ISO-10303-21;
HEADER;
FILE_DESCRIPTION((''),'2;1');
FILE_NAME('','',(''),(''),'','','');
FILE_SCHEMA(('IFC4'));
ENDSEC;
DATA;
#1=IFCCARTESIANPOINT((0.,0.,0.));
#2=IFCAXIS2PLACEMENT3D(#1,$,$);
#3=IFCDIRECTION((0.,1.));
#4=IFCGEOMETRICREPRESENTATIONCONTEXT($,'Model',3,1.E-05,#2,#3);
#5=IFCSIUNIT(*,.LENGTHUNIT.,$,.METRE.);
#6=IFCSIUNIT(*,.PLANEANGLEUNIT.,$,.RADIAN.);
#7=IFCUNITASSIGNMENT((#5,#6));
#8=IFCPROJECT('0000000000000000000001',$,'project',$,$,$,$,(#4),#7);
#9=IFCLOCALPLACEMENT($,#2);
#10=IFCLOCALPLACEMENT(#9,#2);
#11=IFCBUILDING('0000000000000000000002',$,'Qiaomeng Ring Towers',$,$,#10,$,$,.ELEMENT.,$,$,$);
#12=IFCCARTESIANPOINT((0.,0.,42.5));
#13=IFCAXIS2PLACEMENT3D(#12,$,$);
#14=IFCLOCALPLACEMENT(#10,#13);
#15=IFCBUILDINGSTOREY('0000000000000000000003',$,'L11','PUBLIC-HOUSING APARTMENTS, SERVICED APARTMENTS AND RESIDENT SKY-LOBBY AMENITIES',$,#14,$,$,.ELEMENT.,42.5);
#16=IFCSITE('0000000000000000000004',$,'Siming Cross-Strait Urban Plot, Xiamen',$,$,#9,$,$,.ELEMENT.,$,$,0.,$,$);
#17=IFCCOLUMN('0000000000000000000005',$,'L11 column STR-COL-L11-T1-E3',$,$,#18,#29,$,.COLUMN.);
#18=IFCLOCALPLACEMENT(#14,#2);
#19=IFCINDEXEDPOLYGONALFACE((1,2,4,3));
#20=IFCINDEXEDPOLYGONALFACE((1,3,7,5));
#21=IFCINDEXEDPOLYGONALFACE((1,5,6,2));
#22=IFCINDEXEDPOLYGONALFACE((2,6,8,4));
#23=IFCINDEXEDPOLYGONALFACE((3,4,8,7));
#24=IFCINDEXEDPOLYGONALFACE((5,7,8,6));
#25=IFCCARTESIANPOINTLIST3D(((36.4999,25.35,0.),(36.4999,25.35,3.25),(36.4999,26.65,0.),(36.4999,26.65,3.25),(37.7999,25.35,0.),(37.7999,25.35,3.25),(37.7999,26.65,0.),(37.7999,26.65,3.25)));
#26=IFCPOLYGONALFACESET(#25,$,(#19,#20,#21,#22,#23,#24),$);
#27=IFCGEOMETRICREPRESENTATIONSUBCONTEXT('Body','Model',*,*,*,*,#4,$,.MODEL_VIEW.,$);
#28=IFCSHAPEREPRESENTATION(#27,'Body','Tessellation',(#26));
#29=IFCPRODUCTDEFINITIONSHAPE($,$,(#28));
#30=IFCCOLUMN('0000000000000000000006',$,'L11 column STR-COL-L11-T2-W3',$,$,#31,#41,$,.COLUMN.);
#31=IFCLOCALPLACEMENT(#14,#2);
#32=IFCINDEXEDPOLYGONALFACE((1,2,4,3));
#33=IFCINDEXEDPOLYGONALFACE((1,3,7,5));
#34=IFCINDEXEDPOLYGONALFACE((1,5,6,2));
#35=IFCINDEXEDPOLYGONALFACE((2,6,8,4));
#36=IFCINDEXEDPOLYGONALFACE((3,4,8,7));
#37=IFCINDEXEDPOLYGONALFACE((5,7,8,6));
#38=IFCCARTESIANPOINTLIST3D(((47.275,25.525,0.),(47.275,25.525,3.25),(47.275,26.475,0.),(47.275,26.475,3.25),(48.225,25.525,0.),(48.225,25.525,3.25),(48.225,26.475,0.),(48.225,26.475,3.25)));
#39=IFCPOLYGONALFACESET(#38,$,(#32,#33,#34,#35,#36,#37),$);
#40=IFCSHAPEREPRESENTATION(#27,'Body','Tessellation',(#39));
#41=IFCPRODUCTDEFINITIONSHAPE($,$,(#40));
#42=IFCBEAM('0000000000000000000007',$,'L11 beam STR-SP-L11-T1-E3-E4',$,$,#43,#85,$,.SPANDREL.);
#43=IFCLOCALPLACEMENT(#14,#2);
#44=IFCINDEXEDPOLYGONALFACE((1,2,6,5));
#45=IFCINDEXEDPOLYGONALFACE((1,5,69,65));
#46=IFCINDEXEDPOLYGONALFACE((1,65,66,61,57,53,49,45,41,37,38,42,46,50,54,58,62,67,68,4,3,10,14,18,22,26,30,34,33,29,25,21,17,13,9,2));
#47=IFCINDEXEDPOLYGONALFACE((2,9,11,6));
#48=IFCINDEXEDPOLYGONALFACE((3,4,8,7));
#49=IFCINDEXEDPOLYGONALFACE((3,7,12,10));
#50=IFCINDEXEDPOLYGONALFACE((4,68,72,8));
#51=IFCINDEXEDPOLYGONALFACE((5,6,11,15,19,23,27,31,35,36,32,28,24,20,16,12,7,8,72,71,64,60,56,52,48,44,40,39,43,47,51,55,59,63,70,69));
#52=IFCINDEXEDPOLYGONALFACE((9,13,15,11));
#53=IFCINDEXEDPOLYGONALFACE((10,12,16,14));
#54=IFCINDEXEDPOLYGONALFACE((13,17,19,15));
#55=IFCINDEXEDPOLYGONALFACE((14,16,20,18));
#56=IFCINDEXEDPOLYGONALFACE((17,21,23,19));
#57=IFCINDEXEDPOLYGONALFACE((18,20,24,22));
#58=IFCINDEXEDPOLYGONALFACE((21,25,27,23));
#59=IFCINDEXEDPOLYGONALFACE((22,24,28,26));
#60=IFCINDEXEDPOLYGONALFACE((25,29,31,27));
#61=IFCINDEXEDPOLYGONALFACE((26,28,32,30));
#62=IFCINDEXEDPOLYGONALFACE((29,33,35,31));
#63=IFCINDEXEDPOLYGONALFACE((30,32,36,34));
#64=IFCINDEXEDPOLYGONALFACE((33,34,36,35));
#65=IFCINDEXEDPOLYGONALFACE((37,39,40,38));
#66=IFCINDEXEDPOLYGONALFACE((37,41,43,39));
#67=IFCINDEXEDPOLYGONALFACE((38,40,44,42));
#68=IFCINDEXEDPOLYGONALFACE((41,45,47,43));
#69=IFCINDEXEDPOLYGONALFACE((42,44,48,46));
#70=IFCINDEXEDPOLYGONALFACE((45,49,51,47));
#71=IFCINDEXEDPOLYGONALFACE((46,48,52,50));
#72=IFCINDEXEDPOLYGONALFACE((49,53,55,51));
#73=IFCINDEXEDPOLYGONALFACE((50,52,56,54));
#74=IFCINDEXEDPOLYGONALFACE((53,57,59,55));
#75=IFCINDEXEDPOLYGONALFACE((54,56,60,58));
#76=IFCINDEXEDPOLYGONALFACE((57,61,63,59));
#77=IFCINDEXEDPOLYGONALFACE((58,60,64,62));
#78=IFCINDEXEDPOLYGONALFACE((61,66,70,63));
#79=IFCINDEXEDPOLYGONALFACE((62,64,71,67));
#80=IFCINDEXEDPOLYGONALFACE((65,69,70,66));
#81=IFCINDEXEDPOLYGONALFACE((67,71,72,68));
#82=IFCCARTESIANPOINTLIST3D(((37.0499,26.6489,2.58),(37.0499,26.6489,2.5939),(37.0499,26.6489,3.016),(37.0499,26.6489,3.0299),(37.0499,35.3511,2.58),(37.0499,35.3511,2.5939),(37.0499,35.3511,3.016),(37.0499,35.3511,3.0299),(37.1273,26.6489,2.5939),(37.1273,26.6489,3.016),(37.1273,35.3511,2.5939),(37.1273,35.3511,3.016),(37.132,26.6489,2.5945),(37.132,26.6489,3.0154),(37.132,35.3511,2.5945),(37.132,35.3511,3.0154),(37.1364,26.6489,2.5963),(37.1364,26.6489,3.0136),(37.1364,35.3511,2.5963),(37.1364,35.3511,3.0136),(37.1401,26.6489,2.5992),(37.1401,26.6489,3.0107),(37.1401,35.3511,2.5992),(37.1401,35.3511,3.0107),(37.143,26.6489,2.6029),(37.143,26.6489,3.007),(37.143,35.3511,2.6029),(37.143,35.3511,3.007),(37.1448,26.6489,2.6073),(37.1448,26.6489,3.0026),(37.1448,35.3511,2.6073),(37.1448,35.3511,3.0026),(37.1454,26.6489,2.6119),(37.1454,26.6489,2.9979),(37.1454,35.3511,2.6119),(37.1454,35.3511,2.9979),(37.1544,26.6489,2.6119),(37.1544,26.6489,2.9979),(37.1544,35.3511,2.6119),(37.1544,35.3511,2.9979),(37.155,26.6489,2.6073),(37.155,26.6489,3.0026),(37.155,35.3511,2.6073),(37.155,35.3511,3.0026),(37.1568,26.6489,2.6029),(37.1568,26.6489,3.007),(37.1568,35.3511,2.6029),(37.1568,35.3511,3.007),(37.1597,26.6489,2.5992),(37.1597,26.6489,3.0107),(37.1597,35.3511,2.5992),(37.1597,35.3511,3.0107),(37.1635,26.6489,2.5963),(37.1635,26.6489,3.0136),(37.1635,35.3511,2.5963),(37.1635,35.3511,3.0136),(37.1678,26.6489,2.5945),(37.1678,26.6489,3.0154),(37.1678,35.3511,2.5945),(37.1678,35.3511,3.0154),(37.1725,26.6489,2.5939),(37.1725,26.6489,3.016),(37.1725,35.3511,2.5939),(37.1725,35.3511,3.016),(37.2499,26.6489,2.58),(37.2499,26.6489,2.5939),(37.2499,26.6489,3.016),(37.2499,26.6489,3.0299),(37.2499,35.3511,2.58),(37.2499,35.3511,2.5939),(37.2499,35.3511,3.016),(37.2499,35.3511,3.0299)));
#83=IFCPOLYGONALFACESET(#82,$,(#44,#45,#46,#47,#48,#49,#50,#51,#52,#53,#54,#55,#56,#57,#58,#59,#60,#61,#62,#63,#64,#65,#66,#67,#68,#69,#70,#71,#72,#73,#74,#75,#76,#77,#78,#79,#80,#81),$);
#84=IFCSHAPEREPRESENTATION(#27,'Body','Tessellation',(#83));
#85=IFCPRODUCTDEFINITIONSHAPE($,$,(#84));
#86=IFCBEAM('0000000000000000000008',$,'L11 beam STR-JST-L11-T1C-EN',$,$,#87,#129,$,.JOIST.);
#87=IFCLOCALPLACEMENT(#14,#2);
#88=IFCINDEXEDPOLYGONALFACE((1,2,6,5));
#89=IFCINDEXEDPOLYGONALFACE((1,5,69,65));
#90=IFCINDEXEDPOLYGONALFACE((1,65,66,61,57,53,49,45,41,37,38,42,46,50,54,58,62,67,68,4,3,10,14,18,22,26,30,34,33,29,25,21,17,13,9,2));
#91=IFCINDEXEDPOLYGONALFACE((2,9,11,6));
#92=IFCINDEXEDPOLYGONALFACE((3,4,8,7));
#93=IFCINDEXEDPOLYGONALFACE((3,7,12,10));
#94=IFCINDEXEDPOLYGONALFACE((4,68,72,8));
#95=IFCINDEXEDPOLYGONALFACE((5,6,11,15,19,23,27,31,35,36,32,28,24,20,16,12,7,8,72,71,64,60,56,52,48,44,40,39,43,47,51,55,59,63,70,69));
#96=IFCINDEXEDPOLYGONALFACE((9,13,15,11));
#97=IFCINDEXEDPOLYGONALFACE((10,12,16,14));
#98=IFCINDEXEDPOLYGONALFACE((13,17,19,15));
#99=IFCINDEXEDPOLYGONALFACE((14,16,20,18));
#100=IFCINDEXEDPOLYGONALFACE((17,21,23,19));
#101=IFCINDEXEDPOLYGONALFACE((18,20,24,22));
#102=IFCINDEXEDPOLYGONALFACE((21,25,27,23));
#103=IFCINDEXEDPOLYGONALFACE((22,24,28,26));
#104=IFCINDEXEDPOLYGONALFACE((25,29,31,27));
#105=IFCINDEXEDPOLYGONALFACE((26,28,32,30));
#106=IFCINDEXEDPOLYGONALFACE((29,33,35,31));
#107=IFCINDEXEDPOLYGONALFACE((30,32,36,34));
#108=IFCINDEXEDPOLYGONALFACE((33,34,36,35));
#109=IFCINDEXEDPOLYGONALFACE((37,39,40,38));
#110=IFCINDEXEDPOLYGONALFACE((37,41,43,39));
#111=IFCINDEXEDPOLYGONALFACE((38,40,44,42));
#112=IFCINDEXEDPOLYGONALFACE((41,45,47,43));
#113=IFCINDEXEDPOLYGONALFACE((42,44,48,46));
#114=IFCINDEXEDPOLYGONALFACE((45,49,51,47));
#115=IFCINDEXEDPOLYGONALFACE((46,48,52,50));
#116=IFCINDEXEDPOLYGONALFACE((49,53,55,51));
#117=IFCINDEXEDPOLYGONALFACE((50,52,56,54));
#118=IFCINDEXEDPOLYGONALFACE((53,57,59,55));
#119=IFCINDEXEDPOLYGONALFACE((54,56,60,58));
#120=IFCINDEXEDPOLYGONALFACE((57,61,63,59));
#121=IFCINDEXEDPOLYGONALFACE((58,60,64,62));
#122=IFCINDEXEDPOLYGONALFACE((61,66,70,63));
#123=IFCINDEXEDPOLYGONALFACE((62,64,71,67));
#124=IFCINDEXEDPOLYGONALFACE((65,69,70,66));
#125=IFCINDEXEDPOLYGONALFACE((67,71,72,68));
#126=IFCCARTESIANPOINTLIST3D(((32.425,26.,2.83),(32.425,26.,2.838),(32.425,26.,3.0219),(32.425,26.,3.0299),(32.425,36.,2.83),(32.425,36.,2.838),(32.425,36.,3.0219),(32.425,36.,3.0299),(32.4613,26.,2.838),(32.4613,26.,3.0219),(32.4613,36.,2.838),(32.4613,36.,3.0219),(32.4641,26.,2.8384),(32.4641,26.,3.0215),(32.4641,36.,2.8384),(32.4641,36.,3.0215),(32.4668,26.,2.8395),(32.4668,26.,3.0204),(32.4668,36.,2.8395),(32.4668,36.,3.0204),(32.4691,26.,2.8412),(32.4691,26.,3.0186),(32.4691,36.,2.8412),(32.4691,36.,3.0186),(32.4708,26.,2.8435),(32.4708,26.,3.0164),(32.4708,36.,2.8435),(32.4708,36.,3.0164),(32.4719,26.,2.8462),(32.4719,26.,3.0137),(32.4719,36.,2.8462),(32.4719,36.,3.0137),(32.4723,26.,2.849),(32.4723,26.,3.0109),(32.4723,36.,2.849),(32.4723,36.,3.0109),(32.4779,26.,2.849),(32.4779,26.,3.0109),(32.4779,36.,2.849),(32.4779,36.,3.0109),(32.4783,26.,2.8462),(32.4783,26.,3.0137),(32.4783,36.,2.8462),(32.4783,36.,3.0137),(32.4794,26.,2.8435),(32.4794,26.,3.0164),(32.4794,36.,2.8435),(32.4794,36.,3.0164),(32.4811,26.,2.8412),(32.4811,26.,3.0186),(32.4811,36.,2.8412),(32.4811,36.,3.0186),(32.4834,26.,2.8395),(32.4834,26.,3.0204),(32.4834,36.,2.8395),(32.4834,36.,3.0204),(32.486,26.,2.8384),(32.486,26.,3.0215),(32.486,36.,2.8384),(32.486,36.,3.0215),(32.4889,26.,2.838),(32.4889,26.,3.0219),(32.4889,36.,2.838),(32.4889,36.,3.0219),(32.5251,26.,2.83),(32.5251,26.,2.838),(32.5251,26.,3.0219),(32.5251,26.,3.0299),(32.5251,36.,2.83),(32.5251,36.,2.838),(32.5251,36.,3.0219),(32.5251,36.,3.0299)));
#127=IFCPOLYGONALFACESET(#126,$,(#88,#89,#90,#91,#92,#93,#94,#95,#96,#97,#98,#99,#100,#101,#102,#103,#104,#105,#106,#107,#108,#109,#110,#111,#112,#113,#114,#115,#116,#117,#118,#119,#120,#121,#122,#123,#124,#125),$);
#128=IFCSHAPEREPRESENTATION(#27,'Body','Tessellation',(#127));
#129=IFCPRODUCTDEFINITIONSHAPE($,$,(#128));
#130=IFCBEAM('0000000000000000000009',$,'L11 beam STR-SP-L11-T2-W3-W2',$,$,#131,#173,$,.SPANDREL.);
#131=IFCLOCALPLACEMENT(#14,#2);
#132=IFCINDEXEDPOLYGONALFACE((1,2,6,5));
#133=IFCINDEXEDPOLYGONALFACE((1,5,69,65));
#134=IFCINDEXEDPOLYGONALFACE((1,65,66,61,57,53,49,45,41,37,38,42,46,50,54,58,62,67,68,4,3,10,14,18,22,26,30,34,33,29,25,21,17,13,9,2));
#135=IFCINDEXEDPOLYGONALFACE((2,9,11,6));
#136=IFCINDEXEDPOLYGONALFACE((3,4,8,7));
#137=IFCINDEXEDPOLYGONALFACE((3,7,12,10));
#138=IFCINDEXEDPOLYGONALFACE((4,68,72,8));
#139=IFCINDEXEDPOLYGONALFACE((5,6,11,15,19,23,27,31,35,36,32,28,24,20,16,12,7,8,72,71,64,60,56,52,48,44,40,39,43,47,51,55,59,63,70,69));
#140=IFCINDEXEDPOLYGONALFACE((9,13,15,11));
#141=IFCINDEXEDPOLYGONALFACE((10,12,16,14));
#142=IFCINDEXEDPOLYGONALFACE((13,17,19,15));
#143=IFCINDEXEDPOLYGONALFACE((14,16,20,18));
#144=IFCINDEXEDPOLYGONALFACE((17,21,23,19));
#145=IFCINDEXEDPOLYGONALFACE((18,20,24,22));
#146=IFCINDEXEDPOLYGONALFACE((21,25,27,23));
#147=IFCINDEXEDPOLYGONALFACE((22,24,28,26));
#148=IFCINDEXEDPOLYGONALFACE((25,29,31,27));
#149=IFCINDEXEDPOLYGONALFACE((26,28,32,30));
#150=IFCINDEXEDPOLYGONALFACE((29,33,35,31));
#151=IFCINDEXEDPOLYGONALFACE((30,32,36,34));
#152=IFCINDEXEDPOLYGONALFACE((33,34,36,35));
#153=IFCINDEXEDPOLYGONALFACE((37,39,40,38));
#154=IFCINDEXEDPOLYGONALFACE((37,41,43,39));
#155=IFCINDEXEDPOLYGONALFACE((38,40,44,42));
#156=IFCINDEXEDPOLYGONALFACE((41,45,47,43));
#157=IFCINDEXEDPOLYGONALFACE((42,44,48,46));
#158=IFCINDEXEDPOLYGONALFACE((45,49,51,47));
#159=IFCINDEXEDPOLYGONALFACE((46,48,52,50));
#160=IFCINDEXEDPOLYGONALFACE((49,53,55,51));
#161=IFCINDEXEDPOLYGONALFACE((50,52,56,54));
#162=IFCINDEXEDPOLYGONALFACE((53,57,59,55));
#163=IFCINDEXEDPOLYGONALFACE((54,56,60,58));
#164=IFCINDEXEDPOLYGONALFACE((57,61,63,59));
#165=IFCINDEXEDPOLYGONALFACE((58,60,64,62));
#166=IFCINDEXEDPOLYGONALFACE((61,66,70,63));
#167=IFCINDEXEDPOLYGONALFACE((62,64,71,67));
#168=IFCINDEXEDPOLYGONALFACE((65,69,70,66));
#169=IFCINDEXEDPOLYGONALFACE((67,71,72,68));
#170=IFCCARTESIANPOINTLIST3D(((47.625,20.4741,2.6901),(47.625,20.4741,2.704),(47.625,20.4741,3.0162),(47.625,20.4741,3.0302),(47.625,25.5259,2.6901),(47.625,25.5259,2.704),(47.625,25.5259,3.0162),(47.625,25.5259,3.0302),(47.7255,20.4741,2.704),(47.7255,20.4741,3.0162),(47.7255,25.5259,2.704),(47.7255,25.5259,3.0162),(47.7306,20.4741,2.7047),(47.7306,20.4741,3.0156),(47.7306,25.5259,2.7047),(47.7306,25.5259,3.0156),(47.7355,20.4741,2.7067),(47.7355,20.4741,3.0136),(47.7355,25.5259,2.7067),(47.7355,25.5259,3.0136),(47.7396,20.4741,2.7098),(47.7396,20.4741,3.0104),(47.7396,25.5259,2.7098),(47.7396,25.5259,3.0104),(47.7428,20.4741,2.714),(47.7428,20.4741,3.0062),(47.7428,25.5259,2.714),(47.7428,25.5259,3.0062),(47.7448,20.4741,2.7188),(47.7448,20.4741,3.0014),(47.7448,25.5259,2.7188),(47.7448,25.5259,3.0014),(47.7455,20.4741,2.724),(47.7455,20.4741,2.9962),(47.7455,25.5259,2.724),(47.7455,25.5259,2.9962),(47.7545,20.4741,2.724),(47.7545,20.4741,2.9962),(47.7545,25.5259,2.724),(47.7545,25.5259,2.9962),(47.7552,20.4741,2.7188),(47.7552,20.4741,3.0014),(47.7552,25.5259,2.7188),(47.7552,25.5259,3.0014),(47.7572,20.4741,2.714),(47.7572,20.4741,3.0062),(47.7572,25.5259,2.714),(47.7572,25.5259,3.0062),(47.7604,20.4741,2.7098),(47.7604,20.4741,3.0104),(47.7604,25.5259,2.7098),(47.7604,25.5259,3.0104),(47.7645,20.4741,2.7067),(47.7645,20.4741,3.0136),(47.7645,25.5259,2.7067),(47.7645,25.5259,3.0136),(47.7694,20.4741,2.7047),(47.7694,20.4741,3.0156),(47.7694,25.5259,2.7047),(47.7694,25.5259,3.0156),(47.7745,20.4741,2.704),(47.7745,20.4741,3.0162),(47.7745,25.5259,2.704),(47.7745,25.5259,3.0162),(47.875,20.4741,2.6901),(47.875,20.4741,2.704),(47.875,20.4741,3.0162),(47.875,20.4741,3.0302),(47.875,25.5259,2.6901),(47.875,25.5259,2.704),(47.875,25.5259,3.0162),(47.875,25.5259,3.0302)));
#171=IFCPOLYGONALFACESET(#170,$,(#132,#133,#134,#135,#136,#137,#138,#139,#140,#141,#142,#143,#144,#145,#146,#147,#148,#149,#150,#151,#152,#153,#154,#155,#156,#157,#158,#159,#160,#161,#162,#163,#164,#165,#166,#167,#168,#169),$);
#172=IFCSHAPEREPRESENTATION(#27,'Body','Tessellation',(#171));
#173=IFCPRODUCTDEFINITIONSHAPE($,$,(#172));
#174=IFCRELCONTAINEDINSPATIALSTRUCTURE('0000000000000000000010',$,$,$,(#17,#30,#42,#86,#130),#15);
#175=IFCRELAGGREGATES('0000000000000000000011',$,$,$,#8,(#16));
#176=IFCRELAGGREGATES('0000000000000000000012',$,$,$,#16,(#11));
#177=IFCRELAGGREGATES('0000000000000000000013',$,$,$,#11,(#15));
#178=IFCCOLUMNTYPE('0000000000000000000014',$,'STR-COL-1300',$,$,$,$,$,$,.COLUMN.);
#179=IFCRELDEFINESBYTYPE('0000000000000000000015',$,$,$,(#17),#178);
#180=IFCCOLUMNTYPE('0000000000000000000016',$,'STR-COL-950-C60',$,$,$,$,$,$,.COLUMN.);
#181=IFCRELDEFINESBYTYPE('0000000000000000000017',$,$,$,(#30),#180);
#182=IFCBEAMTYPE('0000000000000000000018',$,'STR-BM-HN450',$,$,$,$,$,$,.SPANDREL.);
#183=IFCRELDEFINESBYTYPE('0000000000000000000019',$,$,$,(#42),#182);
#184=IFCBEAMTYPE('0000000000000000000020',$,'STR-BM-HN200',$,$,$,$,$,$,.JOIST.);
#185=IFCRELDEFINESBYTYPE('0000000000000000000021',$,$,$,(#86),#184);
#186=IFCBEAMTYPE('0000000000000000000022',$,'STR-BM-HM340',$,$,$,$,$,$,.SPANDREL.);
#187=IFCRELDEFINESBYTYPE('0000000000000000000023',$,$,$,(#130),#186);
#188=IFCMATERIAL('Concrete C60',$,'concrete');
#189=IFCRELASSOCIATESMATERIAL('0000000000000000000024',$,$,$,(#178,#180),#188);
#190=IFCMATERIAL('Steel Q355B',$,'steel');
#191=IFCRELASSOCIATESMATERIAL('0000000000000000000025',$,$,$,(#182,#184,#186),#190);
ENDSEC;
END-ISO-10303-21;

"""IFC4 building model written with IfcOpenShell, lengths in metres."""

from ifc_helpers import new_model, si_unit, direction, frame, origin, origin_2d, place, context, subcontext, project, spatial, rectangle, i_section, extrude, source, transform, mapped, material, material_profile, profile_set, type_object, element, save


model = new_model("IFC4")

# Units and contexts
model_context = context("Model", 3, precision=1e-05, world=origin(), true_north=direction((0.0, 1.0)))
body_context = subcontext(model_context, "Body", "Model", "MODEL_VIEW")
ifc_project = project(units=[si_unit("LENGTHUNIT", "METRE"), si_unit("PLANEANGLEUNIT", "RADIAN")], contexts=[model_context])

# Site, building, storey
site_placement = place(None, origin())
site = spatial("IfcSite", under=ifc_project, at=site_placement, Name="Siming Cross-Strait Urban Plot, Xiamen", CompositionType="ELEMENT", RefElevation=0.0)
building_placement = place(site_placement, origin())
building = spatial("IfcBuilding", under=site, at=building_placement, Name="Qiaomeng Ring Towers", CompositionType="ELEMENT")
storey_placement = place(building_placement, frame((0.0, 0.0, 42.5)))
storey = spatial("IfcBuildingStorey", under=building, at=storey_placement, Name="L11", Description="PUBLIC-HOUSING APARTMENTS, SERVICED APARTMENTS AND RESIDENT SKY-LOBBY AMENITIES", CompositionType="ELEMENT", Elevation=42.5)

# Columns
ifc_material_1 = material(Name="Concrete C60", Category="concrete")
ifc_material_profile_1 = material_profile(ifc_material_1, rectangle(XDim=1.3, YDim=1.3, at=origin_2d()), Name="RC COL 1300x1300")
ifc_profile_set_1 = profile_set([ifc_material_profile_1], Name="Concrete C60")
column_type_1 = type_object("IfcColumnType", Name="STR-COL-1300", PredefinedType="COLUMN", material=ifc_profile_set_1)
shared_shape_1 = source(origin(), body_context, "Body", "SweptSolid", [
    extrude(rectangle(XDim=1.3, YDim=1.3, at=origin_2d()), origin(), (0.0, 0.0, 1.0), 3.25),
])
column_1_placement = place(storey_placement, frame((37.1499, 26.0, 0.0), z_axis=(0.0, 0.0, 1.0), x_axis=(1.0, 0.0, 0.0)))
element("IfcColumn", 1, at=column_1_placement, inside=storey, type_object=column_type_1, Name="L11 column STR-COL-L11-T1-E3", PredefinedType="COLUMN", context=body_context, shape_type="MappedRepresentation", body=[
    mapped(shared_shape_1, transform((0.0, 0.0, 0.0), x_axis=(1.0, 0.0, 0.0), y_axis=(0.0, 1.0, 0.0), z_axis=(0.0, 0.0, 1.0), scale=1.0)),
])
ifc_material_profile_2 = material_profile(ifc_material_1, rectangle(XDim=0.95, YDim=0.95, at=origin_2d()), Name="RC COL 950x950")
ifc_profile_set_2 = profile_set([ifc_material_profile_2], Name="Concrete C60")
column_type_2 = type_object("IfcColumnType", Name="STR-COL-950-C60", PredefinedType="COLUMN", material=ifc_profile_set_2)
shared_shape_2 = source(origin(), body_context, "Body", "SweptSolid", [
    extrude(rectangle(XDim=0.95, YDim=0.95, at=origin_2d()), origin(), (0.0, 0.0, 1.0), 3.25),
])
column_2_placement = place(storey_placement, frame((47.75, 26.0, 0.0), z_axis=(0.0, 0.0, 1.0), x_axis=(1.0, 0.0, 0.0)))
element("IfcColumn", 2, at=column_2_placement, inside=storey, type_object=column_type_2, Name="L11 column STR-COL-L11-T2-W3", PredefinedType="COLUMN", context=body_context, shape_type="MappedRepresentation", body=[
    mapped(shared_shape_2, transform((0.0, 0.0, 0.0), x_axis=(1.0, 0.0, 0.0), y_axis=(0.0, 1.0, 0.0), z_axis=(0.0, 0.0, 1.0), scale=1.0)),
])

# Beams
ifc_material_2 = material(Name="Steel Q355B", Category="steel")
ifc_material_profile_3 = material_profile(ifc_material_2, i_section(OverallWidth=0.2, OverallDepth=0.45, WebThickness=0.009, FlangeThickness=0.0139, FilletRadius=0.0181, at=origin_2d()), Name="HN 450x200x9x14")
ifc_profile_set_3 = profile_set([ifc_material_profile_3], Name="Steel Q355B")
beam_type_1 = type_object("IfcBeamType", Name="STR-BM-HN450", PredefinedType="SPANDREL", material=ifc_profile_set_3)
shared_shape_3 = source(origin(), body_context, "Body", "SweptSolid", [
    extrude(i_section(OverallWidth=0.2, OverallDepth=0.45, WebThickness=0.009, FlangeThickness=0.0139, FilletRadius=0.0181, at=origin_2d()), origin(), (0.0, 0.0, 1.0), 8.7021),
])
beam_1_placement = place(storey_placement, frame((37.1499, 26.6489, 2.8049), z_axis=(0.0, 1.0, 0.0), x_axis=(-1.0, 0.0, 0.0)))
element("IfcBeam", 3, at=beam_1_placement, inside=storey, type_object=beam_type_1, Name="L11 beam STR-SP-L11-T1-E3-E4", PredefinedType="SPANDREL", context=body_context, shape_type="MappedRepresentation", body=[
    mapped(shared_shape_3, transform((0.0, 0.0, 0.0), x_axis=(1.0, 0.0, 0.0), y_axis=(0.0, 1.0, 0.0), z_axis=(0.0, 0.0, 1.0), scale=1.0)),
])
ifc_material_profile_4 = material_profile(ifc_material_2, i_section(OverallWidth=0.1001, OverallDepth=0.2, WebThickness=0.0056, FlangeThickness=0.0081, FilletRadius=0.011, at=origin_2d()), Name="HN 200x100x5.5x8")
ifc_profile_set_4 = profile_set([ifc_material_profile_4], Name="Steel Q355B")
beam_type_2 = type_object("IfcBeamType", Name="STR-BM-HN200", PredefinedType="JOIST", material=ifc_profile_set_4)
shared_shape_4 = source(origin(), body_context, "Body", "SweptSolid", [
    extrude(i_section(OverallWidth=0.1001, OverallDepth=0.2, WebThickness=0.0056, FlangeThickness=0.0081, FilletRadius=0.011, at=origin_2d()), origin(), (0.0, 0.0, 1.0), 10.0),
])
beam_2_placement = place(storey_placement, frame((32.4751, 26.0, 2.9299), z_axis=(0.0, 1.0, 0.0), x_axis=(-1.0, 0.0, 0.0)))
element("IfcBeam", 4, at=beam_2_placement, inside=storey, type_object=beam_type_2, Name="L11 beam STR-JST-L11-T1C-EN", PredefinedType="JOIST", context=body_context, shape_type="MappedRepresentation", body=[
    mapped(shared_shape_4, transform((0.0, 0.0, 0.0), x_axis=(1.0, 0.0, 0.0), y_axis=(0.0, 1.0, 0.0), z_axis=(0.0, 0.0, 1.0), scale=1.0)),
])
ifc_material_profile_5 = material_profile(ifc_material_2, i_section(OverallWidth=0.25, OverallDepth=0.3401, WebThickness=0.009, FlangeThickness=0.0139, FilletRadius=0.02, at=origin_2d()), Name="HM 340x250x9x14")
ifc_profile_set_5 = profile_set([ifc_material_profile_5], Name="Steel Q355B")
beam_type_3 = type_object("IfcBeamType", Name="STR-BM-HM340", PredefinedType="SPANDREL", material=ifc_profile_set_5)
shared_shape_5 = source(origin(), body_context, "Body", "SweptSolid", [
    extrude(i_section(OverallWidth=0.25, OverallDepth=0.3401, WebThickness=0.009, FlangeThickness=0.0139, FilletRadius=0.02, at=origin_2d()), origin(), (0.0, 0.0, 1.0), 5.0518),
])
beam_3_placement = place(storey_placement, frame((47.75, 25.5259, 2.8601), z_axis=(0.0, -1.0, 0.0), x_axis=(1.0, 0.0, 0.0)))
element("IfcBeam", 5, at=beam_3_placement, inside=storey, type_object=beam_type_3, Name="L11 beam STR-SP-L11-T2-W3-W2", PredefinedType="SPANDREL", context=body_context, shape_type="MappedRepresentation", body=[
    mapped(shared_shape_5, transform((0.0, 0.0, 0.0), x_axis=(1.0, 0.0, 0.0), y_axis=(0.0, 1.0, 0.0), z_axis=(0.0, 0.0, 1.0), scale=1.0)),
])

save(model, "model.ifc")
